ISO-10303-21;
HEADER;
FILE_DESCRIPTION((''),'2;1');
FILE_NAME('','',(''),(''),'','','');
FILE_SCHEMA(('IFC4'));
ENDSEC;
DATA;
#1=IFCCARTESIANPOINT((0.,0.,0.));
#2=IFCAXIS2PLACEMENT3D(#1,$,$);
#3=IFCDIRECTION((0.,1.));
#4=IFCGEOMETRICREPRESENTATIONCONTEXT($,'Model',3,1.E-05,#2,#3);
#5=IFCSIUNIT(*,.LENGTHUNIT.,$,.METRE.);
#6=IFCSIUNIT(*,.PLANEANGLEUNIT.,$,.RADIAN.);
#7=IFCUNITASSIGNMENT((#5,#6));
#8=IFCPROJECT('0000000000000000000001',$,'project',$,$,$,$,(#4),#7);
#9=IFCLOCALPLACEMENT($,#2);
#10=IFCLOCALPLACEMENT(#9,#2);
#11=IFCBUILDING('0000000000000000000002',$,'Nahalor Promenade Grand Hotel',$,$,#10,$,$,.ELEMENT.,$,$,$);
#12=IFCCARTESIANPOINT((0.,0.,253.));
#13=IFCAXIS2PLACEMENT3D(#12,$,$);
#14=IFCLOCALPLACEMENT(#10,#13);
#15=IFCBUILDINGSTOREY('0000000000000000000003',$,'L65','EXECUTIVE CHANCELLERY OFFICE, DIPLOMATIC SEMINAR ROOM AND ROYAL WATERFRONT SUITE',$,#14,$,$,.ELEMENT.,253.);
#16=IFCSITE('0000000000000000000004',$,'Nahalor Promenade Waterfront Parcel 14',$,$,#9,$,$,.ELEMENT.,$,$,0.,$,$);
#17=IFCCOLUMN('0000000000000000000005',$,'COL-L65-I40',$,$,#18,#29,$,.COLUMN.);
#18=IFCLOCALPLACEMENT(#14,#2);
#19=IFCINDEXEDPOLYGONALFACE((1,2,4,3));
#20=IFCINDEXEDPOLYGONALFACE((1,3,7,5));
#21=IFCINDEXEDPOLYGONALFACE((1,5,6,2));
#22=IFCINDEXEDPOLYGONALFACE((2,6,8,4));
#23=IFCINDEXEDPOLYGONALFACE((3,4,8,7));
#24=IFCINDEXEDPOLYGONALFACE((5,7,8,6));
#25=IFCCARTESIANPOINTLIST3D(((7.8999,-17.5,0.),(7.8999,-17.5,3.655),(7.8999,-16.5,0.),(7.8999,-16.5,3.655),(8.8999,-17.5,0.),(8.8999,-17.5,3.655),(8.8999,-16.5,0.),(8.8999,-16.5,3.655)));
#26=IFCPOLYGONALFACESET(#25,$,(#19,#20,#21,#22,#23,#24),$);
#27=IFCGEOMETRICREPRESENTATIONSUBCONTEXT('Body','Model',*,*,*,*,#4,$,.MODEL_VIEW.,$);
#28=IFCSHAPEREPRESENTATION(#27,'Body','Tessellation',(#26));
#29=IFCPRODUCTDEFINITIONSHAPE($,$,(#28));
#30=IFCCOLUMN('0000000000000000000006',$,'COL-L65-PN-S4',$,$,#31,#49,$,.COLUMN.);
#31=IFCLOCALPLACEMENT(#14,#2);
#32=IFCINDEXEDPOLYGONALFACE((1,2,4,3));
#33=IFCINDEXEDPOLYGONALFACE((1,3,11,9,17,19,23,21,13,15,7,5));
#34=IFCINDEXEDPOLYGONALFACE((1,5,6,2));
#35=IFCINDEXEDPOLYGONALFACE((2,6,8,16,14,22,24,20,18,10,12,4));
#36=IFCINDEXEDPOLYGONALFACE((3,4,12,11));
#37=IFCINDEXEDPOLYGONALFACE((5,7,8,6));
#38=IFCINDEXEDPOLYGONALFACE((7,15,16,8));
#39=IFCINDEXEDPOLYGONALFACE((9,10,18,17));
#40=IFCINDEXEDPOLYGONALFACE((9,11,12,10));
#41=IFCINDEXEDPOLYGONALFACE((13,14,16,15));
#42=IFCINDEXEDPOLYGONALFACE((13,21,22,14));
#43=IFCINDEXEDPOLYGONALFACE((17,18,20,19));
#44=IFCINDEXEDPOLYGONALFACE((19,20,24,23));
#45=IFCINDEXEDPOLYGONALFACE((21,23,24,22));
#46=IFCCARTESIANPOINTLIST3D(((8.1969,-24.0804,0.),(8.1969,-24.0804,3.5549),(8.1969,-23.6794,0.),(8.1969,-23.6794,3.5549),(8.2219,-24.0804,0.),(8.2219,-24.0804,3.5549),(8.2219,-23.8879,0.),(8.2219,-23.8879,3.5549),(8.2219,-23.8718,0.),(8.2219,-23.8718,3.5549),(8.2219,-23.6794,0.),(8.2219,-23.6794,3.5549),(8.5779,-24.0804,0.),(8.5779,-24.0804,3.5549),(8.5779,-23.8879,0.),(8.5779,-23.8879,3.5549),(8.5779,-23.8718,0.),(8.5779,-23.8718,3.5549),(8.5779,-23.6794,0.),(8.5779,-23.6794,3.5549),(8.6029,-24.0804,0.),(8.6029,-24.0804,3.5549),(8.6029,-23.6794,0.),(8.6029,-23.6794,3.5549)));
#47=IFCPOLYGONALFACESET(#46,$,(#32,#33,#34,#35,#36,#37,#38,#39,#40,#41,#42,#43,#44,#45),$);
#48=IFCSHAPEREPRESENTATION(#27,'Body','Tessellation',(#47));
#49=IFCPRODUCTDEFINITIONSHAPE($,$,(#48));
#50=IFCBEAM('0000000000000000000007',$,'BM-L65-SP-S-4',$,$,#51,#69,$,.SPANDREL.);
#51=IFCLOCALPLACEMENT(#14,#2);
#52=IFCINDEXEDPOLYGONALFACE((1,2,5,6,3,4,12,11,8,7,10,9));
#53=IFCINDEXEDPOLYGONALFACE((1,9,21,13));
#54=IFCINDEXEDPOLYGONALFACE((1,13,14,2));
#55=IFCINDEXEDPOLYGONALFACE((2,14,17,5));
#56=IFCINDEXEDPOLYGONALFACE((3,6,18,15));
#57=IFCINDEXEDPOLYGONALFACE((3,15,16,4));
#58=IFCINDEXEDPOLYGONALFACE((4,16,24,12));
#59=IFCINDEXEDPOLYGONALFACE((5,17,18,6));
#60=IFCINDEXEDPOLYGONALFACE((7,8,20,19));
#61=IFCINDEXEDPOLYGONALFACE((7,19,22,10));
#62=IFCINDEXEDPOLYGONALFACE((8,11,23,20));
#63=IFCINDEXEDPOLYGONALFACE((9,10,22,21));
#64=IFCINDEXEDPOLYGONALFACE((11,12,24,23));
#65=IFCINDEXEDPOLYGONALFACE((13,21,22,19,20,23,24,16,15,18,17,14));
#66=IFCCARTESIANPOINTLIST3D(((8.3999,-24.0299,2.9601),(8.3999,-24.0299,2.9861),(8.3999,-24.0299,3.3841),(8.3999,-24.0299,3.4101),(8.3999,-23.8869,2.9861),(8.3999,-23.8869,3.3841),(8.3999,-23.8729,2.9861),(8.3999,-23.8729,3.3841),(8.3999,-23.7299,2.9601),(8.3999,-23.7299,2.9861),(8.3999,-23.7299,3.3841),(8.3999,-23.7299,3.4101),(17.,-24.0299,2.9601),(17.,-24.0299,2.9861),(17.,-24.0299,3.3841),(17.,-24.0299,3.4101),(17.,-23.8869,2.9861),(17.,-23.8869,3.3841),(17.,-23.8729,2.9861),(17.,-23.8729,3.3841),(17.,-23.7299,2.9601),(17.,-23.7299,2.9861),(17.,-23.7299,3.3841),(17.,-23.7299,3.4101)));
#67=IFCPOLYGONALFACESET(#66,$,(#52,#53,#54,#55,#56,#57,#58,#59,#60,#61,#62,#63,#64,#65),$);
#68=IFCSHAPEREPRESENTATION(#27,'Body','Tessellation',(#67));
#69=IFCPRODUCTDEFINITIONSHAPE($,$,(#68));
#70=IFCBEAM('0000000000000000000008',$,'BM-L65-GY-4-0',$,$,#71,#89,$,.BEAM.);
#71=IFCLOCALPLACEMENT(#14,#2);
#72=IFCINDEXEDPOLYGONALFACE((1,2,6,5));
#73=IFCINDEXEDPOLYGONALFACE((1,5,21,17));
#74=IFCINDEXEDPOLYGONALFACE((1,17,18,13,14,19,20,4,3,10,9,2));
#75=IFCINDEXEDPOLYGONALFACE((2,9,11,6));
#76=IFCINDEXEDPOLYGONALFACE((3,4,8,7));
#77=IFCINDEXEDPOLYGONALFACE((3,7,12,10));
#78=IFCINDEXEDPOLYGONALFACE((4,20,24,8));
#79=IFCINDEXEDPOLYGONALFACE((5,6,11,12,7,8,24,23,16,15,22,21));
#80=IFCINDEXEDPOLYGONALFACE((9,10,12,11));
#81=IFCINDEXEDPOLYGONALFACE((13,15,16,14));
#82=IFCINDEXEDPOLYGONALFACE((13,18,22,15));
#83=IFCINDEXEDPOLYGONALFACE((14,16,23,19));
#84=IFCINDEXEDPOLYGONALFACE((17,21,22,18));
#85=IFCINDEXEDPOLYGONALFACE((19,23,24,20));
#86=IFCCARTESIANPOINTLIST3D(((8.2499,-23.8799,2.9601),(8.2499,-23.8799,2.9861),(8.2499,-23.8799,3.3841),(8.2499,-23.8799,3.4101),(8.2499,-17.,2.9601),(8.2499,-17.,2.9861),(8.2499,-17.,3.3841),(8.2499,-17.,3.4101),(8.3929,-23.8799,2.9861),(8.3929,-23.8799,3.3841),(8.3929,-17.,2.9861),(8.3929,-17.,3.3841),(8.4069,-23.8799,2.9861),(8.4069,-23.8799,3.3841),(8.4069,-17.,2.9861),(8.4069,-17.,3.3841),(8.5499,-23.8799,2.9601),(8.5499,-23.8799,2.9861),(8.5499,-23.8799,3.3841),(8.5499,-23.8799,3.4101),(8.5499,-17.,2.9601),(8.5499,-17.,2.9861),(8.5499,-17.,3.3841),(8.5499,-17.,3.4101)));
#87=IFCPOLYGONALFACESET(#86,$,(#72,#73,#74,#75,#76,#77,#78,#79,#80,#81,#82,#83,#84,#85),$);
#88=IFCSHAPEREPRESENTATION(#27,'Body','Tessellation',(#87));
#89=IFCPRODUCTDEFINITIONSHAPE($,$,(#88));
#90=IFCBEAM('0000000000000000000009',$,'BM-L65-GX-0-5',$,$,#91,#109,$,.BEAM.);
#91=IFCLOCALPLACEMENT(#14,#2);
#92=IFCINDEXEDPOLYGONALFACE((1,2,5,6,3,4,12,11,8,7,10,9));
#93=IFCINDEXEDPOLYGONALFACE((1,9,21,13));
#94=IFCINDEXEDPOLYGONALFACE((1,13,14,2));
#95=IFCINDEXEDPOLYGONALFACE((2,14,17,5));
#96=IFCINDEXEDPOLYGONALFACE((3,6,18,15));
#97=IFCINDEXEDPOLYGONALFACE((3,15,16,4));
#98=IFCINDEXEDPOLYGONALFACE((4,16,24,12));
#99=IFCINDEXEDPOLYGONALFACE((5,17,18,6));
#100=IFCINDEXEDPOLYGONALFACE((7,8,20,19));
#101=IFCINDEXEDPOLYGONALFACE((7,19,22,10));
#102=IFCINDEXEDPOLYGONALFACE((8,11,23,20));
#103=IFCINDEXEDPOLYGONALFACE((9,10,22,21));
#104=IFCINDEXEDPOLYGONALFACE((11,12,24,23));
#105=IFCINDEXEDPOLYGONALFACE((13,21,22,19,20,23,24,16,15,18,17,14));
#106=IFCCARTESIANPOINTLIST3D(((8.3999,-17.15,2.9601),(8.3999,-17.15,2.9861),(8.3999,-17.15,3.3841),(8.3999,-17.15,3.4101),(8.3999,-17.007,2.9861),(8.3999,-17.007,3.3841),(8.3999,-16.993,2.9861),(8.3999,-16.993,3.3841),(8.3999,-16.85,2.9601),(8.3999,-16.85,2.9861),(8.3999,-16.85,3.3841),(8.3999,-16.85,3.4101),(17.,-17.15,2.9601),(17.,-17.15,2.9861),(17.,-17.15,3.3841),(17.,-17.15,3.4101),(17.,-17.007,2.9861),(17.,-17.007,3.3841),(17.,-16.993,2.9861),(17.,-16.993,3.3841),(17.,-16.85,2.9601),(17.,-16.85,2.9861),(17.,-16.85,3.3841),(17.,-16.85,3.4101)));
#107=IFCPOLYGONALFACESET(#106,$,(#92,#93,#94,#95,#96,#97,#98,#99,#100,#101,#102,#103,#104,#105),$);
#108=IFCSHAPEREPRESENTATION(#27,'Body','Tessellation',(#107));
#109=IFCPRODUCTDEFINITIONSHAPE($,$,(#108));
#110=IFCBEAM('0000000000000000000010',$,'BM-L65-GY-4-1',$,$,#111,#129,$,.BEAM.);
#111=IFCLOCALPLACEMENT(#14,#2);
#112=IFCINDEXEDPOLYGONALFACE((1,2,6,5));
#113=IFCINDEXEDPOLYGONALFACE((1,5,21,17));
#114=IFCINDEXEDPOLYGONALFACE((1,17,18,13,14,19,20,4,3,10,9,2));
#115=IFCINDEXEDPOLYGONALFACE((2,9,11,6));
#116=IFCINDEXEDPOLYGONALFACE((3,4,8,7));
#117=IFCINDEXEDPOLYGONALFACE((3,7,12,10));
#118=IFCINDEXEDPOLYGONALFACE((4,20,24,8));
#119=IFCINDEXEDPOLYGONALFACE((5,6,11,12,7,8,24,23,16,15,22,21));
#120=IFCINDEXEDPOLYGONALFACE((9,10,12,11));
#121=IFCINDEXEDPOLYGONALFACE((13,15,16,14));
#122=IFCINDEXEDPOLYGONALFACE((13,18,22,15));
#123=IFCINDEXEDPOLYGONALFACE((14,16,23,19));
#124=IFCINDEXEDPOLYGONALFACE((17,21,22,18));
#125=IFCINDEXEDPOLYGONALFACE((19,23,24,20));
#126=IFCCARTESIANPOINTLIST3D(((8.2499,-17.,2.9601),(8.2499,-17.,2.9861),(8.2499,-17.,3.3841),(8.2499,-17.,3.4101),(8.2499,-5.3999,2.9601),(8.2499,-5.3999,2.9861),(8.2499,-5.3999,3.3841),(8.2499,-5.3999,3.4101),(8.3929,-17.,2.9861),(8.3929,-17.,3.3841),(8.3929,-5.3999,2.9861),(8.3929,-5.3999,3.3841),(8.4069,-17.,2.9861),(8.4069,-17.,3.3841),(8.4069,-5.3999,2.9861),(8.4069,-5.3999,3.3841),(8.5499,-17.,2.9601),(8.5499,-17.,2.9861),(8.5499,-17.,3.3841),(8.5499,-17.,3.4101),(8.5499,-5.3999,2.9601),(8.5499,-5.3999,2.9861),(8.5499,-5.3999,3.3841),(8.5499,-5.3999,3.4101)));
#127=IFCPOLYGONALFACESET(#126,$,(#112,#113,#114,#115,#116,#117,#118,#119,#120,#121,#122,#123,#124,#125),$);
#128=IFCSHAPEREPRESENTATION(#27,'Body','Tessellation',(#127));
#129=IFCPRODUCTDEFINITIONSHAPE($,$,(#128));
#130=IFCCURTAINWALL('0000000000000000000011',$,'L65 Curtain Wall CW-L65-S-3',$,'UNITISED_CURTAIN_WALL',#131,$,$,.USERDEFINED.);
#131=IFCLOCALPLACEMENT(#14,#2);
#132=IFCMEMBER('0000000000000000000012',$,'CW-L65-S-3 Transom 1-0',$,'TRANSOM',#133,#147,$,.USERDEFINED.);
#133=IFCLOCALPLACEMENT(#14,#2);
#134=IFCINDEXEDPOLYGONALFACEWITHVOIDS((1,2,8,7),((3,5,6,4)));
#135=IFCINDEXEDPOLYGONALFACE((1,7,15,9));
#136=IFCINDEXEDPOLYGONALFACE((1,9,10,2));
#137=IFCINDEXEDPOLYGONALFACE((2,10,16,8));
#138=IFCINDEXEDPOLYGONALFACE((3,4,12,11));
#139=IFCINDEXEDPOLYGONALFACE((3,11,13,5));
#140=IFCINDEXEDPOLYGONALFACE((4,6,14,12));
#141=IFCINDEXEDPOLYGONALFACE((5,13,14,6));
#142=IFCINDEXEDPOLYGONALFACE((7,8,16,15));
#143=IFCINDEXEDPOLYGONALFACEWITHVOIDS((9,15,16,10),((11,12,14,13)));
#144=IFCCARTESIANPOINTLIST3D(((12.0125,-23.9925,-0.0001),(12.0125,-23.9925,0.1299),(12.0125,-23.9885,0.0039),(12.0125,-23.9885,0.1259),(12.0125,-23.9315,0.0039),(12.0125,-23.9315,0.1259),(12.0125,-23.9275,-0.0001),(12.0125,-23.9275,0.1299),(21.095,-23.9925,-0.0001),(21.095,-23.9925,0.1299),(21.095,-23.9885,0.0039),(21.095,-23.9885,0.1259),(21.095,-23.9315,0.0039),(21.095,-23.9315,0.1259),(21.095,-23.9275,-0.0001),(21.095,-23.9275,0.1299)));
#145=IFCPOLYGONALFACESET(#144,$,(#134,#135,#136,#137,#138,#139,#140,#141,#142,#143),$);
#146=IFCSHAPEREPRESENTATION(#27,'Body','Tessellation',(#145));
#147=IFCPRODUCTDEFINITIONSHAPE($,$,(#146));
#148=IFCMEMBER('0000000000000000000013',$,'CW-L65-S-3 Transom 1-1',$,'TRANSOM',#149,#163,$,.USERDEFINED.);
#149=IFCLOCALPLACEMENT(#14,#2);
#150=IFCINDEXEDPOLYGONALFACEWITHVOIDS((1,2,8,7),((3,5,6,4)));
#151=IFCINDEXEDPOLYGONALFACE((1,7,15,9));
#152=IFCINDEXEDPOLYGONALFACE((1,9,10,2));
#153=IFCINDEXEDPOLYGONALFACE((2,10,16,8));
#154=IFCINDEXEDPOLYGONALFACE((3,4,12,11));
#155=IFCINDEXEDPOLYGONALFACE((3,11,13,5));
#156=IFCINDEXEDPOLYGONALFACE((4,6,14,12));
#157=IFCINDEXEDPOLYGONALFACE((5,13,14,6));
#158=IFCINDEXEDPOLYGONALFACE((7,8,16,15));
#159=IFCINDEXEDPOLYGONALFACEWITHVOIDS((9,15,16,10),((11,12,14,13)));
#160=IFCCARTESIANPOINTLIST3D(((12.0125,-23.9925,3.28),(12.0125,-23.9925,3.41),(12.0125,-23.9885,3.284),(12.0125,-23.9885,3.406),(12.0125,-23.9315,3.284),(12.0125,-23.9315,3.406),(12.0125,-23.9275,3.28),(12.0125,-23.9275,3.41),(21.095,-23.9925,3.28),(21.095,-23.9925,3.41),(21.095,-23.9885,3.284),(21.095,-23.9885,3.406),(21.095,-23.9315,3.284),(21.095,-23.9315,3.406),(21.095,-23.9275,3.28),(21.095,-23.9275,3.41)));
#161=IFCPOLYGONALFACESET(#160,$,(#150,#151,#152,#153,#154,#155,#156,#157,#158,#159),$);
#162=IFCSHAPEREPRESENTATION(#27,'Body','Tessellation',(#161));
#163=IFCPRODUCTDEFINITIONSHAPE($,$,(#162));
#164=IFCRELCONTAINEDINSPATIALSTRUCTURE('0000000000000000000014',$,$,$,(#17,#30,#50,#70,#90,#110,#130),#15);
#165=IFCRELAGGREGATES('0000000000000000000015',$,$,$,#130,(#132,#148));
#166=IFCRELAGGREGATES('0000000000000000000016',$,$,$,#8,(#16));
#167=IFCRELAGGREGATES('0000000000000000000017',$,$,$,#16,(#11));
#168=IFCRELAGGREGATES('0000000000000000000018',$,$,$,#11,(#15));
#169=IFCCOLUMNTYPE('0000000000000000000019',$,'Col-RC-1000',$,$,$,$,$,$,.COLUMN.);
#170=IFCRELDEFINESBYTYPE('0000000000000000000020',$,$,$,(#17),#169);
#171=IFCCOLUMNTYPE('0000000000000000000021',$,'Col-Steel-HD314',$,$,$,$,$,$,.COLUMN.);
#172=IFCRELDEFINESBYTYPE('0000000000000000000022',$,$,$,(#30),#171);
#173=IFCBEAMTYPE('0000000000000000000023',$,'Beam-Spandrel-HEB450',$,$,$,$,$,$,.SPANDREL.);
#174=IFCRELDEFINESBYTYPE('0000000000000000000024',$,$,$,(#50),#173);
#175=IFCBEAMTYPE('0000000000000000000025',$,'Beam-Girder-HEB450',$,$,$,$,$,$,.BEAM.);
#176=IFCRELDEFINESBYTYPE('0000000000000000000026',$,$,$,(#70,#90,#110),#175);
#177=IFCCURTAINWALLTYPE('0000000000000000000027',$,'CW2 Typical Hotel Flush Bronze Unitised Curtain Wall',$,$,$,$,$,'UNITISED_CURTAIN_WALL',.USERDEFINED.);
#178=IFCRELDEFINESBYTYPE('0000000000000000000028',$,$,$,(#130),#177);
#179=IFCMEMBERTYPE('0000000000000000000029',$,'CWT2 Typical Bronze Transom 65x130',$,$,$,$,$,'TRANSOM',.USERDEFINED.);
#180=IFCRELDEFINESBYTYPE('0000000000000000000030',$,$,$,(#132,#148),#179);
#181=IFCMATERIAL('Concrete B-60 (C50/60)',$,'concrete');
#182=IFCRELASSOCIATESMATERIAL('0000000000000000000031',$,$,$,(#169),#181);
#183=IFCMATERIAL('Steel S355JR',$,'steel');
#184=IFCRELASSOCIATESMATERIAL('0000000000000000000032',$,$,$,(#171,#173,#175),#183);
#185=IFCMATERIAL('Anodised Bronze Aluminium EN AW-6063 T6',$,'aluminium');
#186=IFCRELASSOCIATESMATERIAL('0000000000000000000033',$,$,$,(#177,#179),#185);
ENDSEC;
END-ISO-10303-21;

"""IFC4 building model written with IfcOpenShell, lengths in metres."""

from ifc_helpers import new_model, si_unit, direction, frame, origin, origin_2d, place, context, subcontext, project, spatial, rectangle, hollow_rectangle, i_section, extrude, source, transform, mapped, material, material_profile, profile_set, type_object, element, aggregate, save


model = new_model("IFC4")

# Units and contexts
model_context = context("Model", 3, precision=1e-05, world=origin(), true_north=direction((0.0, 1.0)))
body_context = subcontext(model_context, "Body", "Model", "MODEL_VIEW")
ifc_project = project(units=[si_unit("LENGTHUNIT", "METRE"), si_unit("PLANEANGLEUNIT", "RADIAN")], contexts=[model_context])

# Site, building, storey
site_placement = place(None, origin())
site = spatial("IfcSite", under=ifc_project, at=site_placement, Name="Nahalor Promenade Waterfront Parcel 14", CompositionType="ELEMENT", RefElevation=0.0)
building_placement = place(site_placement, origin())
building = spatial("IfcBuilding", under=site, at=building_placement, Name="Nahalor Promenade Grand Hotel", CompositionType="ELEMENT")
storey_placement = place(building_placement, frame((0.0, 0.0, 253.0)))
storey = spatial("IfcBuildingStorey", under=building, at=storey_placement, Name="L65", Description="EXECUTIVE CHANCELLERY OFFICE, DIPLOMATIC SEMINAR ROOM AND ROYAL WATERFRONT SUITE", CompositionType="ELEMENT", Elevation=253.0)

# Columns
ifc_material_1 = material(Name="Concrete B-60 (C50/60)", Category="concrete")
ifc_material_profile_1 = material_profile(ifc_material_1, rectangle(XDim=1.0, YDim=1.0, at=origin_2d()), Name="RC 1000x1000")
ifc_profile_set_1 = profile_set([ifc_material_profile_1], Name="Concrete B-60 (C50/60)")
column_type_1 = type_object("IfcColumnType", Name="Col-RC-1000", PredefinedType="COLUMN", material=ifc_profile_set_1)
shared_shape_1 = source(origin(), body_context, "Body", "SweptSolid", [
    extrude(rectangle(XDim=1.0, YDim=1.0, at=origin_2d()), origin(), (0.0, 0.0, 1.0), 3.655),
])
column_1_placement = place(storey_placement, frame((8.3999, -17.0, 0.0), z_axis=(0.0, 0.0, 1.0), x_axis=(1.0, 0.0, 0.0)))
element("IfcColumn", 1, at=column_1_placement, inside=storey, type_object=column_type_1, Name="COL-L65-I40", PredefinedType="COLUMN", context=body_context, shape_type="MappedRepresentation", body=[
    mapped(shared_shape_1, transform((0.0, 0.0, 0.0), scale=1.0)),
])
ifc_material_2 = material(Name="Steel S355JR", Category="steel")
ifc_material_profile_2 = material_profile(ifc_material_2, i_section(OverallWidth=0.401, OverallDepth=0.406, WebThickness=0.0161, FlangeThickness=0.025, at=origin_2d()), Name="HD 400x314")
ifc_profile_set_2 = profile_set([ifc_material_profile_2], Name="Steel S355JR")
column_type_2 = type_object("IfcColumnType", Name="Col-Steel-HD314", PredefinedType="COLUMN", material=ifc_profile_set_2)
shared_shape_2 = source(origin(), body_context, "Body", "SweptSolid", [
    extrude(i_section(OverallWidth=0.401, OverallDepth=0.406, WebThickness=0.0161, FlangeThickness=0.025, at=origin_2d()), origin(), (0.0, 0.0, 1.0), 3.5549),
])
column_2_placement = place(storey_placement, frame((8.3999, -23.8799, 0.0), z_axis=(0.0, 0.0, 1.0), x_axis=(0.0, 1.0, 0.0)))
element("IfcColumn", 2, at=column_2_placement, inside=storey, type_object=column_type_2, Name="COL-L65-PN-S4", PredefinedType="COLUMN", context=body_context, shape_type="MappedRepresentation", body=[
    mapped(shared_shape_2, transform((0.0, 0.0, 0.0), scale=1.0)),
])

# Beams
ifc_material_profile_3 = material_profile(ifc_material_2, i_section(OverallWidth=0.3, OverallDepth=0.45, WebThickness=0.014, FlangeThickness=0.026, at=origin_2d()), Name="HEB 450")
ifc_profile_set_3 = profile_set([ifc_material_profile_3], Name="Steel S355JR")
beam_type_1 = type_object("IfcBeamType", Name="Beam-Spandrel-HEB450", PredefinedType="SPANDREL", material=ifc_profile_set_3)
shared_shape_3 = source(origin(), body_context, "Body", "SweptSolid", [
    extrude(i_section(OverallWidth=0.3, OverallDepth=0.45, WebThickness=0.014, FlangeThickness=0.026, at=origin_2d()), origin(), (0.0, 0.0, 1.0), 8.6001),
])
beam_1_placement = place(storey_placement, frame((8.3999, -23.8799, 3.1851), z_axis=(1.0, 0.0, 0.0), x_axis=(0.0, 1.0, 0.0)))
element("IfcBeam", 3, at=beam_1_placement, inside=storey, type_object=beam_type_1, Name="BM-L65-SP-S-4", PredefinedType="SPANDREL", context=body_context, shape_type="MappedRepresentation", body=[
    mapped(shared_shape_3, transform((0.0, 0.0, 0.0), scale=1.0)),
])
ifc_material_profile_4 = material_profile(ifc_material_2, i_section(OverallWidth=0.3, OverallDepth=0.45, WebThickness=0.014, FlangeThickness=0.026, at=origin_2d()), Name="HEB 450")
ifc_profile_set_4 = profile_set([ifc_material_profile_4], Name="Steel S355JR")
beam_type_2 = type_object("IfcBeamType", Name="Beam-Girder-HEB450", PredefinedType="BEAM", material=ifc_profile_set_4)
shared_shape_4 = source(origin(), body_context, "Body", "SweptSolid", [
    extrude(i_section(OverallWidth=0.3, OverallDepth=0.45, WebThickness=0.014, FlangeThickness=0.026, at=origin_2d()), origin(), (0.0, 0.0, 1.0), 6.8799),
])
beam_2_placement = place(storey_placement, frame((8.3999, -23.8799, 3.1851), z_axis=(0.0, 1.0, 0.0), x_axis=(-1.0, 0.0, 0.0)))
element("IfcBeam", 4, at=beam_2_placement, inside=storey, type_object=beam_type_2, Name="BM-L65-GY-4-0", PredefinedType="BEAM", context=body_context, shape_type="MappedRepresentation", body=[
    mapped(shared_shape_4, transform((0.0, 0.0, 0.0), scale=1.0)),
])
shared_shape_5 = source(origin(), body_context, "Body", "SweptSolid", [
    extrude(i_section(OverallWidth=0.3, OverallDepth=0.45, WebThickness=0.014, FlangeThickness=0.026, at=origin_2d()), origin(), (0.0, 0.0, 1.0), 8.6001),
])
beam_3_placement = place(storey_placement, frame((8.3999, -17.0, 3.1851), z_axis=(1.0, 0.0, 0.0), x_axis=(0.0, 1.0, 0.0)))
element("IfcBeam", 5, at=beam_3_placement, inside=storey, type_object=beam_type_2, Name="BM-L65-GX-0-5", PredefinedType="BEAM", context=body_context, shape_type="MappedRepresentation", body=[
    mapped(shared_shape_5, transform((0.0, 0.0, 0.0), scale=1.0)),
])
shared_shape_6 = source(origin(), body_context, "Body", "SweptSolid", [
    extrude(i_section(OverallWidth=0.3, OverallDepth=0.45, WebThickness=0.014, FlangeThickness=0.026, at=origin_2d()), origin(), (0.0, 0.0, 1.0), 11.6001),
])
beam_4_placement = place(storey_placement, frame((8.3999, -17.0, 3.1851), z_axis=(0.0, 1.0, 0.0), x_axis=(-1.0, 0.0, 0.0)))
element("IfcBeam", 6, at=beam_4_placement, inside=storey, type_object=beam_type_2, Name="BM-L65-GY-4-1", PredefinedType="BEAM", context=body_context, shape_type="MappedRepresentation", body=[
    mapped(shared_shape_6, transform((0.0, 0.0, 0.0), scale=1.0)),
])

# Curtain wall, members
ifc_material_3 = material(Name="Anodised Bronze Aluminium EN AW-6063 T6", Category="aluminium")
curtain_wall_type = type_object("IfcCurtainWallType", Name="CW2 Typical Hotel Flush Bronze Unitised Curtain Wall", ElementType="UNITISED_CURTAIN_WALL", PredefinedType="USERDEFINED", material=ifc_material_3)
curtain_wall_placement = place(storey_placement, origin())
curtain_wall = element("IfcCurtainWall", 7, at=curtain_wall_placement, inside=storey, type_object=curtain_wall_type, Name="L65 Curtain Wall CW-L65-S-3", ObjectType="UNITISED_CURTAIN_WALL", PredefinedType="USERDEFINED")
ifc_material_profile_5 = material_profile(ifc_material_3, hollow_rectangle(XDim=0.065, YDim=0.13, WallThickness=0.004, at=origin_2d()), Name="CWT 65x130x4")
ifc_profile_set_5 = profile_set([ifc_material_profile_5], Name="Anodised Bronze Aluminium EN AW-6063 T6")
member_type_1 = type_object("IfcMemberType", Name="CWT2 Typical Bronze Transom 65x130", ElementType="TRANSOM", PredefinedType="USERDEFINED", material=ifc_profile_set_5)
shared_shape_7 = source(origin(), body_context, "Body", "SweptSolid", [
    extrude(hollow_rectangle(XDim=0.065, YDim=0.13, WallThickness=0.004, at=origin_2d()), origin(), (0.0, 0.0, 1.0), 9.0825),
])
member_1_placement = place(storey_placement, frame((12.0125, -23.96, 0.0649), z_axis=(1.0, 0.0, 0.0), x_axis=(0.0, 1.0, 0.0)))
member_1 = element("IfcMember", 8, at=member_1_placement, type_object=member_type_1, Name="CW-L65-S-3 Transom 1-0", ObjectType="TRANSOM", PredefinedType="USERDEFINED", context=body_context, shape_type="MappedRepresentation", body=[
    mapped(shared_shape_7, transform((0.0, 0.0, 0.0), scale=1.0)),
])
member_2_placement = place(storey_placement, frame((12.0125, -23.96, 3.345), z_axis=(1.0, 0.0, 0.0), x_axis=(0.0, 1.0, 0.0)))
member_2 = element("IfcMember", 9, at=member_2_placement, type_object=member_type_1, Name="CW-L65-S-3 Transom 1-1", ObjectType="TRANSOM", PredefinedType="USERDEFINED", context=body_context, shape_type="MappedRepresentation", body=[
    mapped(shared_shape_7, transform((0.0, 0.0, 0.0), scale=1.0)),
])
aggregate(curtain_wall, [member_1, member_2])

save(model, "model.ifc")
